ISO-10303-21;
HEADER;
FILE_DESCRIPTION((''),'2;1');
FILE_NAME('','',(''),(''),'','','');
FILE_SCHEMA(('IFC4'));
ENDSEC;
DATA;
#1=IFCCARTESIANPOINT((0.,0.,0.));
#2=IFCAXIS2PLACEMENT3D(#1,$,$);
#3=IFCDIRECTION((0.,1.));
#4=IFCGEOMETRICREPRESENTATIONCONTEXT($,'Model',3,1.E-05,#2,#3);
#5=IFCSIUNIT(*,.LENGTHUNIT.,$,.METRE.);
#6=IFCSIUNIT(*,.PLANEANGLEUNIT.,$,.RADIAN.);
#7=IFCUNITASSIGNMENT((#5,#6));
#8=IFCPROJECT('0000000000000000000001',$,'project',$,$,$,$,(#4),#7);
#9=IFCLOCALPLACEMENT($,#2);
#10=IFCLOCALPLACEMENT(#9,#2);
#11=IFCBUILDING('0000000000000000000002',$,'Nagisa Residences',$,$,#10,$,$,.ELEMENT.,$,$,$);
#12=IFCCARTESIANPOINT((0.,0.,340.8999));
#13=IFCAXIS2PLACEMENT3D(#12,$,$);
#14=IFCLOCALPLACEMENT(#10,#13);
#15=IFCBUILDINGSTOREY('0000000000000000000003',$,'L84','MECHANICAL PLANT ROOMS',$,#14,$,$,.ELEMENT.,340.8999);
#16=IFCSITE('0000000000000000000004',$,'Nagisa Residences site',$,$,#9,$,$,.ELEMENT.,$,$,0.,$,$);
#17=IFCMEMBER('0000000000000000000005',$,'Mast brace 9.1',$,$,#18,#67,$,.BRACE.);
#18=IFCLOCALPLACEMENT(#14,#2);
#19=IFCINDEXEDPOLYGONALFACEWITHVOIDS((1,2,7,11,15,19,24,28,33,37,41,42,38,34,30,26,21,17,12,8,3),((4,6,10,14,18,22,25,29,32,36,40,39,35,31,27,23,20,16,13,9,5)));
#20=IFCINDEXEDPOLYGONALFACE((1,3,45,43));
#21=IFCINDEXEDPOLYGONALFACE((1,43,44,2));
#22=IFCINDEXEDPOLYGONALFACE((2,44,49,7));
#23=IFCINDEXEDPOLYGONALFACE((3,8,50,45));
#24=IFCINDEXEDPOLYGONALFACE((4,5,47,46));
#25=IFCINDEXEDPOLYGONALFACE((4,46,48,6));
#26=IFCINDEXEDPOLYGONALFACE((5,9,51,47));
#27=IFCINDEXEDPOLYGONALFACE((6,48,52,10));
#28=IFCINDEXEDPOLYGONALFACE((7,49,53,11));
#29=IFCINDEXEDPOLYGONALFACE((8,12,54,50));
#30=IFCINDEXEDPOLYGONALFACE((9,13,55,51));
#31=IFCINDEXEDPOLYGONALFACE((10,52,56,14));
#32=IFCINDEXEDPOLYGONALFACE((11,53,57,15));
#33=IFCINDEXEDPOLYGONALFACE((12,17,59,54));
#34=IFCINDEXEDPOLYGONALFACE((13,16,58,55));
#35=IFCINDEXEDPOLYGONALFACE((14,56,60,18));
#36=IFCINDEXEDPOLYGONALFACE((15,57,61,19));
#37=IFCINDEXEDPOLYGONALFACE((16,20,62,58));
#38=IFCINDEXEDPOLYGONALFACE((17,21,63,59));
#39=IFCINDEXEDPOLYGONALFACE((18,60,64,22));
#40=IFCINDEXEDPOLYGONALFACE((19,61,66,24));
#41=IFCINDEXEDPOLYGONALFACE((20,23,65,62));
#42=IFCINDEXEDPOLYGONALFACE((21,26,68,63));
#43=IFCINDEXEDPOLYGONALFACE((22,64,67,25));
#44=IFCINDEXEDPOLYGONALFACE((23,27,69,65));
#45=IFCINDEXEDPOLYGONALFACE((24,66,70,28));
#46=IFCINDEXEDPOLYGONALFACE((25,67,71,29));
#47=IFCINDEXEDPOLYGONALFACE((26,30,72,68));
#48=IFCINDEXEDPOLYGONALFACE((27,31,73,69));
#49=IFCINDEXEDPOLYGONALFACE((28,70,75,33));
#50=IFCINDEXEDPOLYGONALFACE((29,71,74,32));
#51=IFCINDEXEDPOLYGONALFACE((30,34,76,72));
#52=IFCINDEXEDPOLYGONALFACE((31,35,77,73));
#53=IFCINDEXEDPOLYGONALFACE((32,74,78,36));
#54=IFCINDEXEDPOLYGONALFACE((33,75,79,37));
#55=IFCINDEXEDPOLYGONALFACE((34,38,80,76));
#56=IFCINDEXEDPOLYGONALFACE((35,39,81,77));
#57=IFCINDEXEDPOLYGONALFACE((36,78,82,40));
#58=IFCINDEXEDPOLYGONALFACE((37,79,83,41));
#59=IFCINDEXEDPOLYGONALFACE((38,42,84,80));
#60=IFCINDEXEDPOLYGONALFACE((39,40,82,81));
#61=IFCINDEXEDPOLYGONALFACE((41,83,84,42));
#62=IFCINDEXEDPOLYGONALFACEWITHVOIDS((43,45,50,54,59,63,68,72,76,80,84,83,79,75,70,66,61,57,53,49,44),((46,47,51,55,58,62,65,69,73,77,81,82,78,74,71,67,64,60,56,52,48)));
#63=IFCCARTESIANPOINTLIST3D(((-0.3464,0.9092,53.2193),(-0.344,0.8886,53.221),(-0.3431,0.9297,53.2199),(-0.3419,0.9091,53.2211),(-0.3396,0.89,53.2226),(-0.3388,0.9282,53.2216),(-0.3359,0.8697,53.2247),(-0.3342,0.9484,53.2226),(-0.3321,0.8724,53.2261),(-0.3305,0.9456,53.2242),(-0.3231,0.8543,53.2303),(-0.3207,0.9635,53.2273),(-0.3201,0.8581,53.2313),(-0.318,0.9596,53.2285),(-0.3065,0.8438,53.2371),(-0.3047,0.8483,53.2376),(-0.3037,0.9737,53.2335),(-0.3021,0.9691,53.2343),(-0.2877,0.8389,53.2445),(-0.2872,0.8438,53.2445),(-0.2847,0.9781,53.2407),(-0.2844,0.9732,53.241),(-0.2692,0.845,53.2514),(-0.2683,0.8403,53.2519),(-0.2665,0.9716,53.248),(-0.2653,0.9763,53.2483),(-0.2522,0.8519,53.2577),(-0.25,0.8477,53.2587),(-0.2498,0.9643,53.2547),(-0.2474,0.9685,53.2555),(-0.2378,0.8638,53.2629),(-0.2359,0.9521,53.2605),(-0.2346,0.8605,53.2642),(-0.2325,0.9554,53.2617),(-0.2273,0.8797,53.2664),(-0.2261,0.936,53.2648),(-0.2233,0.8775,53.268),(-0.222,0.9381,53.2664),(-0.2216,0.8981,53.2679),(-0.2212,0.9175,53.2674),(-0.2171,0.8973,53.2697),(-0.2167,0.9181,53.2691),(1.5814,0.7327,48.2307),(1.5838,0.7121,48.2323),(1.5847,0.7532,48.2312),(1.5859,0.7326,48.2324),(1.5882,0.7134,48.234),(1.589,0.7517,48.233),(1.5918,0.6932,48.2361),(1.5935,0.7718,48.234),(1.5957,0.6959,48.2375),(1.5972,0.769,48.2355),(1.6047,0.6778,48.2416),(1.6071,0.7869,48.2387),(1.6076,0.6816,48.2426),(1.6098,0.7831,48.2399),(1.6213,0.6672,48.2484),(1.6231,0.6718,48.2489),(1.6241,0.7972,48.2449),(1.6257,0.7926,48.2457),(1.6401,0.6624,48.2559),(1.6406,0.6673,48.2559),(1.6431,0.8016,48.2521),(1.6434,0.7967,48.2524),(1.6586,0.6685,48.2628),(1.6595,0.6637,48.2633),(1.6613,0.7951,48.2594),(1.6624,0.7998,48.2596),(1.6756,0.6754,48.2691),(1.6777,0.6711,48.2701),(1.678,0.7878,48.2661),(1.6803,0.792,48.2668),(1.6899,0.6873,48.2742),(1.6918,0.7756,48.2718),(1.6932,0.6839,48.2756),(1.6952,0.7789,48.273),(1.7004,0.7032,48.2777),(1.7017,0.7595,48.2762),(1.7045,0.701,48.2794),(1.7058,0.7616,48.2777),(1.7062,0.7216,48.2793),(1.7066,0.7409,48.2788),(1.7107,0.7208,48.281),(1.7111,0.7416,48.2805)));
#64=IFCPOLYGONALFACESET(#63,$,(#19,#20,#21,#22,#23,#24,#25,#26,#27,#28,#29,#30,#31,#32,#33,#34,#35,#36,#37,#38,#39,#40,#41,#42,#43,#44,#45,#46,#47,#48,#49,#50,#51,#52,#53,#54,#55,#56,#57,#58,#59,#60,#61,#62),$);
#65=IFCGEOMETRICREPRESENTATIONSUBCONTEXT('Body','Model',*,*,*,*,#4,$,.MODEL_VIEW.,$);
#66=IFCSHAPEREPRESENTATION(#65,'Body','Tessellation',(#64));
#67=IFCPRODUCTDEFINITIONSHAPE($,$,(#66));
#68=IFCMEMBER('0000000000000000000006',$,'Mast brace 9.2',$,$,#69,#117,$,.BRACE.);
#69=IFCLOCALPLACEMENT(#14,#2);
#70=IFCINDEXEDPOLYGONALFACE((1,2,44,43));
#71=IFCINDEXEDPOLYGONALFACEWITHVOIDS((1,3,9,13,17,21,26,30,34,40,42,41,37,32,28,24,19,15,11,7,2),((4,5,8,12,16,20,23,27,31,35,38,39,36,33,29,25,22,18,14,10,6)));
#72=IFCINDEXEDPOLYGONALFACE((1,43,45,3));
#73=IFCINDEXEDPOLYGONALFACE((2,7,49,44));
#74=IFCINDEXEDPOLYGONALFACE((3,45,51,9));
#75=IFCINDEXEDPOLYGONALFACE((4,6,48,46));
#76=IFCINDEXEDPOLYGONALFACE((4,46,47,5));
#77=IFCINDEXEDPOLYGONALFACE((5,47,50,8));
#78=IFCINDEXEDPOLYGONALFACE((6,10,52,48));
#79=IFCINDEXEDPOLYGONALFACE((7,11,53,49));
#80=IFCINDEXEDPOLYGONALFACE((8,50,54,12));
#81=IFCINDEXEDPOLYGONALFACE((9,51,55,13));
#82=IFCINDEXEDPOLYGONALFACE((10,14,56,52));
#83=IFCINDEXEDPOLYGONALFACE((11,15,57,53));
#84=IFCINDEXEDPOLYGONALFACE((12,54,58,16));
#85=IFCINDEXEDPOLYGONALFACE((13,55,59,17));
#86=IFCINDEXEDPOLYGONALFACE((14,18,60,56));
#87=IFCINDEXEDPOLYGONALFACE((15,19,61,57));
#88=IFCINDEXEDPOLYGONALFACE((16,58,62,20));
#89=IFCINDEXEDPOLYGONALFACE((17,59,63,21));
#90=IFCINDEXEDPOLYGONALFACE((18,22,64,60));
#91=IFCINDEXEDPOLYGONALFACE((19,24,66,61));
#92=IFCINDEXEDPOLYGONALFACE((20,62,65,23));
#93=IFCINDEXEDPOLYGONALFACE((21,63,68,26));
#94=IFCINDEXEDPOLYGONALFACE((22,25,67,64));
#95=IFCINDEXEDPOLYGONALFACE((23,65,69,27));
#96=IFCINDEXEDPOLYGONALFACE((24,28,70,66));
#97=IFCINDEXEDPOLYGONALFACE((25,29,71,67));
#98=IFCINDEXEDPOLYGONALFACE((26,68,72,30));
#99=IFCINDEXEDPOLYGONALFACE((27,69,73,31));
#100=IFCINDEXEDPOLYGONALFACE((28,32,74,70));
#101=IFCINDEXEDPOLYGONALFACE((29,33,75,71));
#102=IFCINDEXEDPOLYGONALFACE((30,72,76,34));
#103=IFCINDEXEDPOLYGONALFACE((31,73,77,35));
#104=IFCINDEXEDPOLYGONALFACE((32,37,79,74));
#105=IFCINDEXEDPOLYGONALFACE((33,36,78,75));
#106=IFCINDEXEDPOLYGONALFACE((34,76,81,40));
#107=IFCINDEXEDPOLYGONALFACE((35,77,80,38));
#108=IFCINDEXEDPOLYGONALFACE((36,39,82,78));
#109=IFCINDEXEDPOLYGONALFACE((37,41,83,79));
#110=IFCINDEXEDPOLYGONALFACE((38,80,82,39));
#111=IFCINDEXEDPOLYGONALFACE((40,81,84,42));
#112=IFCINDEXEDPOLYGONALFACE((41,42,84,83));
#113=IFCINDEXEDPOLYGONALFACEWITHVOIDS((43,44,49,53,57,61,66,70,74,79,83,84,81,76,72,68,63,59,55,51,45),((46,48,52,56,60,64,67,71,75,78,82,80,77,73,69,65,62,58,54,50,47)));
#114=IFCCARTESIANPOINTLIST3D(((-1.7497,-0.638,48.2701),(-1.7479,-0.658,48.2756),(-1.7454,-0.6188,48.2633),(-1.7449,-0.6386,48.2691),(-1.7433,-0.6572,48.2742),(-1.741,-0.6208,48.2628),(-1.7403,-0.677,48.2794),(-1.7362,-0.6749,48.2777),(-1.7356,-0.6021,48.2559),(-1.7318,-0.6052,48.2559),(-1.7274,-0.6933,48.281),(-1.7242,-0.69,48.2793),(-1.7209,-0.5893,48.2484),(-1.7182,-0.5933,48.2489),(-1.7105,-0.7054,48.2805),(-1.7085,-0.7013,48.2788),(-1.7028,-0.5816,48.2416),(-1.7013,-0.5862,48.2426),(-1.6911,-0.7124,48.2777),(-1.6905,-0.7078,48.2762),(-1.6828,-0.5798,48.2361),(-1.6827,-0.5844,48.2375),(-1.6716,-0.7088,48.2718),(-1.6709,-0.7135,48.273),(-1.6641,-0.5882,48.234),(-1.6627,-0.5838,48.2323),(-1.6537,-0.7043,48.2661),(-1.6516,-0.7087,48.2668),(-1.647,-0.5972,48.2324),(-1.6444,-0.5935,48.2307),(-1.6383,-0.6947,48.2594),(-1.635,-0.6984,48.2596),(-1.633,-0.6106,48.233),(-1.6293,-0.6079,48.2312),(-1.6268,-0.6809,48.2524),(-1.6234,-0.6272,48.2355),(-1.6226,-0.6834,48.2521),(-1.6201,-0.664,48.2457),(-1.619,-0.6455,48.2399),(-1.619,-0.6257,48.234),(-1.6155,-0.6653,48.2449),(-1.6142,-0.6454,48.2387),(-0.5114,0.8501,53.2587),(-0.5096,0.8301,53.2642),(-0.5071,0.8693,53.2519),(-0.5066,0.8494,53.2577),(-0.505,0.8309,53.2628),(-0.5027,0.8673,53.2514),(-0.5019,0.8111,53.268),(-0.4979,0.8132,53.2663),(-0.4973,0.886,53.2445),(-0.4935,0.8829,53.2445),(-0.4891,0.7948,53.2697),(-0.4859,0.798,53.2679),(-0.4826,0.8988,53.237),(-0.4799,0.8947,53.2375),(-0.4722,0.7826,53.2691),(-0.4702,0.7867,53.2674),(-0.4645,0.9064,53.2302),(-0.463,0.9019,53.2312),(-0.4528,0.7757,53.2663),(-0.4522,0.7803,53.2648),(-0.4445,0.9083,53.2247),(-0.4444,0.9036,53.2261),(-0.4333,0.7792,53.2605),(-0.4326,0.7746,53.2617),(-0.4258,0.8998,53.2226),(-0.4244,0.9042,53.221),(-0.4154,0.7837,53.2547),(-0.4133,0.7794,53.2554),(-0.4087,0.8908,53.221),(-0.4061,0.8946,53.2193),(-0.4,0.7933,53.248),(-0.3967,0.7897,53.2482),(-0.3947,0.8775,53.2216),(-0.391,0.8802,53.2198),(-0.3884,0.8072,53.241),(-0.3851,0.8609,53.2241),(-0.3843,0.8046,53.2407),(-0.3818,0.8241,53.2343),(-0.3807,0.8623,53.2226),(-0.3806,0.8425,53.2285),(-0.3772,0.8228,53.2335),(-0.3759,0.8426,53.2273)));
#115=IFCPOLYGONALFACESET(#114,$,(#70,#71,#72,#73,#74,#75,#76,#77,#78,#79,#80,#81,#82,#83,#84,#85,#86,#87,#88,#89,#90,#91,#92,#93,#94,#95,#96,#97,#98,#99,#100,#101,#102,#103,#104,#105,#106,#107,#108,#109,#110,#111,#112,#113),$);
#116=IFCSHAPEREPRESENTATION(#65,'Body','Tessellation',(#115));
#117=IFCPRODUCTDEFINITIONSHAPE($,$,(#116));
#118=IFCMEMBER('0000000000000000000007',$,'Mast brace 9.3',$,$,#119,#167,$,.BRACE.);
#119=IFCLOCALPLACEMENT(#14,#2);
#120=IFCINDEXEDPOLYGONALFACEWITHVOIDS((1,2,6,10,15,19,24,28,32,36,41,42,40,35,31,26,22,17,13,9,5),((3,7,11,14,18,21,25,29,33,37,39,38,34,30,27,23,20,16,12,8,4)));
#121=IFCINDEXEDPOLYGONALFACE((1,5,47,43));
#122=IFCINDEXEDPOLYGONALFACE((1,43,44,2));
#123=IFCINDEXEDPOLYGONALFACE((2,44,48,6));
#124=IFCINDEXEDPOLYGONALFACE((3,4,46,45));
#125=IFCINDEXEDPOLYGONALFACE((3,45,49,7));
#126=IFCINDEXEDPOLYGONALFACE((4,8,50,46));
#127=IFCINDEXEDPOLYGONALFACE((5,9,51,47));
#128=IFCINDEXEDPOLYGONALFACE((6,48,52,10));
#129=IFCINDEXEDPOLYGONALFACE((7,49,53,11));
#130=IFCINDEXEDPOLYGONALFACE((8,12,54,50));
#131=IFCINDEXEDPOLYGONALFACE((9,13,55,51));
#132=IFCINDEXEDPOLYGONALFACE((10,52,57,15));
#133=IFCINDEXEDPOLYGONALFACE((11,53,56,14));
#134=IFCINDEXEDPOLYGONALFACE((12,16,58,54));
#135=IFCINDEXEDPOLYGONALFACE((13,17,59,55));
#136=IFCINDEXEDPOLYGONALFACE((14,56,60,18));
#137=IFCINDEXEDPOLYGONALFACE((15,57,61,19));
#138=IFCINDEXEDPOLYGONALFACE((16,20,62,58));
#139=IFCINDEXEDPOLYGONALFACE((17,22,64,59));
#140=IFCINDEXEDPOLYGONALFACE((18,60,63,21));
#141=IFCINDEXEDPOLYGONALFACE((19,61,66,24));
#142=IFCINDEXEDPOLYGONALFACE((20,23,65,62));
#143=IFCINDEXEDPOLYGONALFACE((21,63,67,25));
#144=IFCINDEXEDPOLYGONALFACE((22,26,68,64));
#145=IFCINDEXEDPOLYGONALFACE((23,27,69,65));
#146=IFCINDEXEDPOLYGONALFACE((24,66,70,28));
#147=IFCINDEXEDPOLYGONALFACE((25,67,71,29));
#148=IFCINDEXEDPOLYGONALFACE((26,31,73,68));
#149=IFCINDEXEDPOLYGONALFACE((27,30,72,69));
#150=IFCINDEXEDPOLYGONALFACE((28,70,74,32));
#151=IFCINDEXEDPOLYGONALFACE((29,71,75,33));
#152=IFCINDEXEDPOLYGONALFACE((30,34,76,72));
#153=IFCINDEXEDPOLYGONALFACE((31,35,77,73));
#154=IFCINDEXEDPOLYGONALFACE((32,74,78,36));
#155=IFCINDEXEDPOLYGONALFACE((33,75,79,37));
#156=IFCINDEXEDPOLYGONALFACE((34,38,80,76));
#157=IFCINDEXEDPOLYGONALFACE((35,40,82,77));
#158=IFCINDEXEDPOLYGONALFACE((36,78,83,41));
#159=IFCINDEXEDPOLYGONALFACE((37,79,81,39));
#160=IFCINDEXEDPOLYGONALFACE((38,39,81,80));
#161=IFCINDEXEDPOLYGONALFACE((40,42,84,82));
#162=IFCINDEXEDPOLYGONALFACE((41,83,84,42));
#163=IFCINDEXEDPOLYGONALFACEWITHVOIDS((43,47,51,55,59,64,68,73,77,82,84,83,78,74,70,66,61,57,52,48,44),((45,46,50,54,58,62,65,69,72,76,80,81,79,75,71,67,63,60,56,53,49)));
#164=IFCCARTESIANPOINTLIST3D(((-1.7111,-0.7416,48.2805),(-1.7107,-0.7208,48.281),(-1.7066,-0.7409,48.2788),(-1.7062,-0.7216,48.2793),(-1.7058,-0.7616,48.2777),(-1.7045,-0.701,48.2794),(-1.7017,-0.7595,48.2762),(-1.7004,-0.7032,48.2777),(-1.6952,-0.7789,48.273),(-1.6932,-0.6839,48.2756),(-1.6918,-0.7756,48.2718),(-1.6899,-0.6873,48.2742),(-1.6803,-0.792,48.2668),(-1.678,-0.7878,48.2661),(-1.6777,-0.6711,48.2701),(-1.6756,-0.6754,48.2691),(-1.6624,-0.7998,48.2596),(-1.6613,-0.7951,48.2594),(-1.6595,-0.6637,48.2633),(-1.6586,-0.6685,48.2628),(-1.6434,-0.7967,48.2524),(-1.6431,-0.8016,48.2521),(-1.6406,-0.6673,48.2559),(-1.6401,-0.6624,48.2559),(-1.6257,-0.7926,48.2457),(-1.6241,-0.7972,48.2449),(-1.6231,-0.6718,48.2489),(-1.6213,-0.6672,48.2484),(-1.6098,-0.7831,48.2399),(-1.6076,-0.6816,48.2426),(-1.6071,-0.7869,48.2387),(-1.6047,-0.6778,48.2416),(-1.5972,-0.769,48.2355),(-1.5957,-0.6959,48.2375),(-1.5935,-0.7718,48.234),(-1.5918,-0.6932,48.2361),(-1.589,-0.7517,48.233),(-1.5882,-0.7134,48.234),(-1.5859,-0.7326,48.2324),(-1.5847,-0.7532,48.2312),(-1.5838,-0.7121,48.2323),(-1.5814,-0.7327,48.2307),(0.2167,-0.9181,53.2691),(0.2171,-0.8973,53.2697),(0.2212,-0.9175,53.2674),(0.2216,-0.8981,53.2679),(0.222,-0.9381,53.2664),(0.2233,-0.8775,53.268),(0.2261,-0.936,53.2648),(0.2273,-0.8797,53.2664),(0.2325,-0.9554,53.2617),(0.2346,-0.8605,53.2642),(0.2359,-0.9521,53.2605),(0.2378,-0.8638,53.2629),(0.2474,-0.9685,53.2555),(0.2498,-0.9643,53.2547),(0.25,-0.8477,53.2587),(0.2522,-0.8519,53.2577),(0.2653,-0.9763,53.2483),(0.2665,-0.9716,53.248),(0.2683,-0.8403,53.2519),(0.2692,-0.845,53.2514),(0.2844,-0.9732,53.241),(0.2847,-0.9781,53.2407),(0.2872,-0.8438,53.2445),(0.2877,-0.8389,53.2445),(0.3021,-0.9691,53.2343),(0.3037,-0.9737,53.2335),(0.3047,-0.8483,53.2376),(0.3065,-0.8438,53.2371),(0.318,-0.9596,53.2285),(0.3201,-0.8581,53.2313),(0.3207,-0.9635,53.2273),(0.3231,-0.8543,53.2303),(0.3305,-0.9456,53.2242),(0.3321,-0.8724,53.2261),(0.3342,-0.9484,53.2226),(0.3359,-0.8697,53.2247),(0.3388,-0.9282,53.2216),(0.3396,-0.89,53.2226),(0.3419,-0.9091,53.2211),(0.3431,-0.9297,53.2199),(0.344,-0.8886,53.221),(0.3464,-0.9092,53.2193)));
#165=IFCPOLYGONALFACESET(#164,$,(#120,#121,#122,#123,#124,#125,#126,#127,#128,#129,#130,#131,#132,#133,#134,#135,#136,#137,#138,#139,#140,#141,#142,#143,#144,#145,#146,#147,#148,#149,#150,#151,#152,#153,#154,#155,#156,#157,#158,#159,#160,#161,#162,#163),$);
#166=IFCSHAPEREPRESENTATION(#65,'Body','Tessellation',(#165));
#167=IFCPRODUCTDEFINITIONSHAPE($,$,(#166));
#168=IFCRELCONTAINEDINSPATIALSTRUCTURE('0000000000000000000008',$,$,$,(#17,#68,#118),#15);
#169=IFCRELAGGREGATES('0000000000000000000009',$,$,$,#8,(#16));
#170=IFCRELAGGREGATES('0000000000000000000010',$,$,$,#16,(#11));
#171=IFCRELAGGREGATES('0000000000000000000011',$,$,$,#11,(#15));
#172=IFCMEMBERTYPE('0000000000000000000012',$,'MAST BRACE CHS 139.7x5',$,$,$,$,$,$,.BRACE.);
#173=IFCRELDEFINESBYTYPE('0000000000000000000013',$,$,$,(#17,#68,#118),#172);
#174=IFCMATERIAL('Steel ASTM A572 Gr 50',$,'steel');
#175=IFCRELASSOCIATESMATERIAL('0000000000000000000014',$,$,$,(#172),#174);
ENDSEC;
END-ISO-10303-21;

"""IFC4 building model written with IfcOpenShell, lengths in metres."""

from ifc_helpers import new_model, si_unit, direction, frame, origin, origin_2d, place, context, subcontext, project, spatial, hollow_circle, extrude, material, material_profile, profile_set, type_object, element, save


model = new_model("IFC4")

# Units and contexts
model_context = context("Model", 3, precision=1e-05, world=origin(), true_north=direction((0.0, 1.0)))
body_context = subcontext(model_context, "Body", "Model", "MODEL_VIEW")
ifc_project = project(units=[si_unit("LENGTHUNIT", "METRE"), si_unit("PLANEANGLEUNIT", "RADIAN")], contexts=[model_context])

# Site, building, storey
site_placement = place(None, origin())
site = spatial("IfcSite", under=ifc_project, at=site_placement, Name="Nagisa Residences site", CompositionType="ELEMENT", RefElevation=0.0)
building_placement = place(site_placement, origin())
building = spatial("IfcBuilding", under=site, at=building_placement, Name="Nagisa Residences", CompositionType="ELEMENT")
storey_placement = place(building_placement, frame((0.0, 0.0, 340.8999)))
storey = spatial("IfcBuildingStorey", under=building, at=storey_placement, Name="L84", Description="MECHANICAL PLANT ROOMS", CompositionType="ELEMENT", Elevation=340.8999)

# Members
ifc_material_1 = material(Name="Steel ASTM A572 Gr 50", Category="steel")
ifc_material_profile_1 = material_profile(ifc_material_1, hollow_circle(Radius=0.0698, WallThickness=0.0049, at=origin_2d()), Name="MAST BRACE CHS 139.7x5")
ifc_profile_set_1 = profile_set([ifc_material_profile_1], Name="Steel ASTM A572 Gr 50")
member_type_1 = type_object("IfcMemberType", Name="MAST BRACE CHS 139.7x5", PredefinedType="BRACE", material=ifc_profile_set_1)
for number, where, z_axis, x_axis, name in (
    (1, (1.6465, 0.7319, 48.2559), (-0.36026, 0.032987, 0.932269), (-0.091184, -0.995834, 0.0), "Mast brace 9.1"),
    (2, (-1.6819, -0.6467, 48.2559), (0.231412, 0.278087, 0.932264), (-0.768666, 0.639651, 0.0), "Mast brace 9.2"),
    (3, (-1.6465, -0.7319, 48.2559), (0.36026, -0.032987, 0.932269), (0.091184, 0.995834, 0.0), "Mast brace 9.3"),
):
    element("IfcMember", number, at=place(storey_placement, frame(where, z_axis=z_axis, x_axis=x_axis)), inside=storey, type_object=member_type_1, Name=name, PredefinedType="BRACE", context=body_context, shape_type="SweptSolid", body=[
        extrude(hollow_circle(Radius=0.0698, WallThickness=0.0049, at=origin_2d()), origin(), (0.0, 0.0, 1.0), 5.3511),
    ])

save(model, "model.ifc")
